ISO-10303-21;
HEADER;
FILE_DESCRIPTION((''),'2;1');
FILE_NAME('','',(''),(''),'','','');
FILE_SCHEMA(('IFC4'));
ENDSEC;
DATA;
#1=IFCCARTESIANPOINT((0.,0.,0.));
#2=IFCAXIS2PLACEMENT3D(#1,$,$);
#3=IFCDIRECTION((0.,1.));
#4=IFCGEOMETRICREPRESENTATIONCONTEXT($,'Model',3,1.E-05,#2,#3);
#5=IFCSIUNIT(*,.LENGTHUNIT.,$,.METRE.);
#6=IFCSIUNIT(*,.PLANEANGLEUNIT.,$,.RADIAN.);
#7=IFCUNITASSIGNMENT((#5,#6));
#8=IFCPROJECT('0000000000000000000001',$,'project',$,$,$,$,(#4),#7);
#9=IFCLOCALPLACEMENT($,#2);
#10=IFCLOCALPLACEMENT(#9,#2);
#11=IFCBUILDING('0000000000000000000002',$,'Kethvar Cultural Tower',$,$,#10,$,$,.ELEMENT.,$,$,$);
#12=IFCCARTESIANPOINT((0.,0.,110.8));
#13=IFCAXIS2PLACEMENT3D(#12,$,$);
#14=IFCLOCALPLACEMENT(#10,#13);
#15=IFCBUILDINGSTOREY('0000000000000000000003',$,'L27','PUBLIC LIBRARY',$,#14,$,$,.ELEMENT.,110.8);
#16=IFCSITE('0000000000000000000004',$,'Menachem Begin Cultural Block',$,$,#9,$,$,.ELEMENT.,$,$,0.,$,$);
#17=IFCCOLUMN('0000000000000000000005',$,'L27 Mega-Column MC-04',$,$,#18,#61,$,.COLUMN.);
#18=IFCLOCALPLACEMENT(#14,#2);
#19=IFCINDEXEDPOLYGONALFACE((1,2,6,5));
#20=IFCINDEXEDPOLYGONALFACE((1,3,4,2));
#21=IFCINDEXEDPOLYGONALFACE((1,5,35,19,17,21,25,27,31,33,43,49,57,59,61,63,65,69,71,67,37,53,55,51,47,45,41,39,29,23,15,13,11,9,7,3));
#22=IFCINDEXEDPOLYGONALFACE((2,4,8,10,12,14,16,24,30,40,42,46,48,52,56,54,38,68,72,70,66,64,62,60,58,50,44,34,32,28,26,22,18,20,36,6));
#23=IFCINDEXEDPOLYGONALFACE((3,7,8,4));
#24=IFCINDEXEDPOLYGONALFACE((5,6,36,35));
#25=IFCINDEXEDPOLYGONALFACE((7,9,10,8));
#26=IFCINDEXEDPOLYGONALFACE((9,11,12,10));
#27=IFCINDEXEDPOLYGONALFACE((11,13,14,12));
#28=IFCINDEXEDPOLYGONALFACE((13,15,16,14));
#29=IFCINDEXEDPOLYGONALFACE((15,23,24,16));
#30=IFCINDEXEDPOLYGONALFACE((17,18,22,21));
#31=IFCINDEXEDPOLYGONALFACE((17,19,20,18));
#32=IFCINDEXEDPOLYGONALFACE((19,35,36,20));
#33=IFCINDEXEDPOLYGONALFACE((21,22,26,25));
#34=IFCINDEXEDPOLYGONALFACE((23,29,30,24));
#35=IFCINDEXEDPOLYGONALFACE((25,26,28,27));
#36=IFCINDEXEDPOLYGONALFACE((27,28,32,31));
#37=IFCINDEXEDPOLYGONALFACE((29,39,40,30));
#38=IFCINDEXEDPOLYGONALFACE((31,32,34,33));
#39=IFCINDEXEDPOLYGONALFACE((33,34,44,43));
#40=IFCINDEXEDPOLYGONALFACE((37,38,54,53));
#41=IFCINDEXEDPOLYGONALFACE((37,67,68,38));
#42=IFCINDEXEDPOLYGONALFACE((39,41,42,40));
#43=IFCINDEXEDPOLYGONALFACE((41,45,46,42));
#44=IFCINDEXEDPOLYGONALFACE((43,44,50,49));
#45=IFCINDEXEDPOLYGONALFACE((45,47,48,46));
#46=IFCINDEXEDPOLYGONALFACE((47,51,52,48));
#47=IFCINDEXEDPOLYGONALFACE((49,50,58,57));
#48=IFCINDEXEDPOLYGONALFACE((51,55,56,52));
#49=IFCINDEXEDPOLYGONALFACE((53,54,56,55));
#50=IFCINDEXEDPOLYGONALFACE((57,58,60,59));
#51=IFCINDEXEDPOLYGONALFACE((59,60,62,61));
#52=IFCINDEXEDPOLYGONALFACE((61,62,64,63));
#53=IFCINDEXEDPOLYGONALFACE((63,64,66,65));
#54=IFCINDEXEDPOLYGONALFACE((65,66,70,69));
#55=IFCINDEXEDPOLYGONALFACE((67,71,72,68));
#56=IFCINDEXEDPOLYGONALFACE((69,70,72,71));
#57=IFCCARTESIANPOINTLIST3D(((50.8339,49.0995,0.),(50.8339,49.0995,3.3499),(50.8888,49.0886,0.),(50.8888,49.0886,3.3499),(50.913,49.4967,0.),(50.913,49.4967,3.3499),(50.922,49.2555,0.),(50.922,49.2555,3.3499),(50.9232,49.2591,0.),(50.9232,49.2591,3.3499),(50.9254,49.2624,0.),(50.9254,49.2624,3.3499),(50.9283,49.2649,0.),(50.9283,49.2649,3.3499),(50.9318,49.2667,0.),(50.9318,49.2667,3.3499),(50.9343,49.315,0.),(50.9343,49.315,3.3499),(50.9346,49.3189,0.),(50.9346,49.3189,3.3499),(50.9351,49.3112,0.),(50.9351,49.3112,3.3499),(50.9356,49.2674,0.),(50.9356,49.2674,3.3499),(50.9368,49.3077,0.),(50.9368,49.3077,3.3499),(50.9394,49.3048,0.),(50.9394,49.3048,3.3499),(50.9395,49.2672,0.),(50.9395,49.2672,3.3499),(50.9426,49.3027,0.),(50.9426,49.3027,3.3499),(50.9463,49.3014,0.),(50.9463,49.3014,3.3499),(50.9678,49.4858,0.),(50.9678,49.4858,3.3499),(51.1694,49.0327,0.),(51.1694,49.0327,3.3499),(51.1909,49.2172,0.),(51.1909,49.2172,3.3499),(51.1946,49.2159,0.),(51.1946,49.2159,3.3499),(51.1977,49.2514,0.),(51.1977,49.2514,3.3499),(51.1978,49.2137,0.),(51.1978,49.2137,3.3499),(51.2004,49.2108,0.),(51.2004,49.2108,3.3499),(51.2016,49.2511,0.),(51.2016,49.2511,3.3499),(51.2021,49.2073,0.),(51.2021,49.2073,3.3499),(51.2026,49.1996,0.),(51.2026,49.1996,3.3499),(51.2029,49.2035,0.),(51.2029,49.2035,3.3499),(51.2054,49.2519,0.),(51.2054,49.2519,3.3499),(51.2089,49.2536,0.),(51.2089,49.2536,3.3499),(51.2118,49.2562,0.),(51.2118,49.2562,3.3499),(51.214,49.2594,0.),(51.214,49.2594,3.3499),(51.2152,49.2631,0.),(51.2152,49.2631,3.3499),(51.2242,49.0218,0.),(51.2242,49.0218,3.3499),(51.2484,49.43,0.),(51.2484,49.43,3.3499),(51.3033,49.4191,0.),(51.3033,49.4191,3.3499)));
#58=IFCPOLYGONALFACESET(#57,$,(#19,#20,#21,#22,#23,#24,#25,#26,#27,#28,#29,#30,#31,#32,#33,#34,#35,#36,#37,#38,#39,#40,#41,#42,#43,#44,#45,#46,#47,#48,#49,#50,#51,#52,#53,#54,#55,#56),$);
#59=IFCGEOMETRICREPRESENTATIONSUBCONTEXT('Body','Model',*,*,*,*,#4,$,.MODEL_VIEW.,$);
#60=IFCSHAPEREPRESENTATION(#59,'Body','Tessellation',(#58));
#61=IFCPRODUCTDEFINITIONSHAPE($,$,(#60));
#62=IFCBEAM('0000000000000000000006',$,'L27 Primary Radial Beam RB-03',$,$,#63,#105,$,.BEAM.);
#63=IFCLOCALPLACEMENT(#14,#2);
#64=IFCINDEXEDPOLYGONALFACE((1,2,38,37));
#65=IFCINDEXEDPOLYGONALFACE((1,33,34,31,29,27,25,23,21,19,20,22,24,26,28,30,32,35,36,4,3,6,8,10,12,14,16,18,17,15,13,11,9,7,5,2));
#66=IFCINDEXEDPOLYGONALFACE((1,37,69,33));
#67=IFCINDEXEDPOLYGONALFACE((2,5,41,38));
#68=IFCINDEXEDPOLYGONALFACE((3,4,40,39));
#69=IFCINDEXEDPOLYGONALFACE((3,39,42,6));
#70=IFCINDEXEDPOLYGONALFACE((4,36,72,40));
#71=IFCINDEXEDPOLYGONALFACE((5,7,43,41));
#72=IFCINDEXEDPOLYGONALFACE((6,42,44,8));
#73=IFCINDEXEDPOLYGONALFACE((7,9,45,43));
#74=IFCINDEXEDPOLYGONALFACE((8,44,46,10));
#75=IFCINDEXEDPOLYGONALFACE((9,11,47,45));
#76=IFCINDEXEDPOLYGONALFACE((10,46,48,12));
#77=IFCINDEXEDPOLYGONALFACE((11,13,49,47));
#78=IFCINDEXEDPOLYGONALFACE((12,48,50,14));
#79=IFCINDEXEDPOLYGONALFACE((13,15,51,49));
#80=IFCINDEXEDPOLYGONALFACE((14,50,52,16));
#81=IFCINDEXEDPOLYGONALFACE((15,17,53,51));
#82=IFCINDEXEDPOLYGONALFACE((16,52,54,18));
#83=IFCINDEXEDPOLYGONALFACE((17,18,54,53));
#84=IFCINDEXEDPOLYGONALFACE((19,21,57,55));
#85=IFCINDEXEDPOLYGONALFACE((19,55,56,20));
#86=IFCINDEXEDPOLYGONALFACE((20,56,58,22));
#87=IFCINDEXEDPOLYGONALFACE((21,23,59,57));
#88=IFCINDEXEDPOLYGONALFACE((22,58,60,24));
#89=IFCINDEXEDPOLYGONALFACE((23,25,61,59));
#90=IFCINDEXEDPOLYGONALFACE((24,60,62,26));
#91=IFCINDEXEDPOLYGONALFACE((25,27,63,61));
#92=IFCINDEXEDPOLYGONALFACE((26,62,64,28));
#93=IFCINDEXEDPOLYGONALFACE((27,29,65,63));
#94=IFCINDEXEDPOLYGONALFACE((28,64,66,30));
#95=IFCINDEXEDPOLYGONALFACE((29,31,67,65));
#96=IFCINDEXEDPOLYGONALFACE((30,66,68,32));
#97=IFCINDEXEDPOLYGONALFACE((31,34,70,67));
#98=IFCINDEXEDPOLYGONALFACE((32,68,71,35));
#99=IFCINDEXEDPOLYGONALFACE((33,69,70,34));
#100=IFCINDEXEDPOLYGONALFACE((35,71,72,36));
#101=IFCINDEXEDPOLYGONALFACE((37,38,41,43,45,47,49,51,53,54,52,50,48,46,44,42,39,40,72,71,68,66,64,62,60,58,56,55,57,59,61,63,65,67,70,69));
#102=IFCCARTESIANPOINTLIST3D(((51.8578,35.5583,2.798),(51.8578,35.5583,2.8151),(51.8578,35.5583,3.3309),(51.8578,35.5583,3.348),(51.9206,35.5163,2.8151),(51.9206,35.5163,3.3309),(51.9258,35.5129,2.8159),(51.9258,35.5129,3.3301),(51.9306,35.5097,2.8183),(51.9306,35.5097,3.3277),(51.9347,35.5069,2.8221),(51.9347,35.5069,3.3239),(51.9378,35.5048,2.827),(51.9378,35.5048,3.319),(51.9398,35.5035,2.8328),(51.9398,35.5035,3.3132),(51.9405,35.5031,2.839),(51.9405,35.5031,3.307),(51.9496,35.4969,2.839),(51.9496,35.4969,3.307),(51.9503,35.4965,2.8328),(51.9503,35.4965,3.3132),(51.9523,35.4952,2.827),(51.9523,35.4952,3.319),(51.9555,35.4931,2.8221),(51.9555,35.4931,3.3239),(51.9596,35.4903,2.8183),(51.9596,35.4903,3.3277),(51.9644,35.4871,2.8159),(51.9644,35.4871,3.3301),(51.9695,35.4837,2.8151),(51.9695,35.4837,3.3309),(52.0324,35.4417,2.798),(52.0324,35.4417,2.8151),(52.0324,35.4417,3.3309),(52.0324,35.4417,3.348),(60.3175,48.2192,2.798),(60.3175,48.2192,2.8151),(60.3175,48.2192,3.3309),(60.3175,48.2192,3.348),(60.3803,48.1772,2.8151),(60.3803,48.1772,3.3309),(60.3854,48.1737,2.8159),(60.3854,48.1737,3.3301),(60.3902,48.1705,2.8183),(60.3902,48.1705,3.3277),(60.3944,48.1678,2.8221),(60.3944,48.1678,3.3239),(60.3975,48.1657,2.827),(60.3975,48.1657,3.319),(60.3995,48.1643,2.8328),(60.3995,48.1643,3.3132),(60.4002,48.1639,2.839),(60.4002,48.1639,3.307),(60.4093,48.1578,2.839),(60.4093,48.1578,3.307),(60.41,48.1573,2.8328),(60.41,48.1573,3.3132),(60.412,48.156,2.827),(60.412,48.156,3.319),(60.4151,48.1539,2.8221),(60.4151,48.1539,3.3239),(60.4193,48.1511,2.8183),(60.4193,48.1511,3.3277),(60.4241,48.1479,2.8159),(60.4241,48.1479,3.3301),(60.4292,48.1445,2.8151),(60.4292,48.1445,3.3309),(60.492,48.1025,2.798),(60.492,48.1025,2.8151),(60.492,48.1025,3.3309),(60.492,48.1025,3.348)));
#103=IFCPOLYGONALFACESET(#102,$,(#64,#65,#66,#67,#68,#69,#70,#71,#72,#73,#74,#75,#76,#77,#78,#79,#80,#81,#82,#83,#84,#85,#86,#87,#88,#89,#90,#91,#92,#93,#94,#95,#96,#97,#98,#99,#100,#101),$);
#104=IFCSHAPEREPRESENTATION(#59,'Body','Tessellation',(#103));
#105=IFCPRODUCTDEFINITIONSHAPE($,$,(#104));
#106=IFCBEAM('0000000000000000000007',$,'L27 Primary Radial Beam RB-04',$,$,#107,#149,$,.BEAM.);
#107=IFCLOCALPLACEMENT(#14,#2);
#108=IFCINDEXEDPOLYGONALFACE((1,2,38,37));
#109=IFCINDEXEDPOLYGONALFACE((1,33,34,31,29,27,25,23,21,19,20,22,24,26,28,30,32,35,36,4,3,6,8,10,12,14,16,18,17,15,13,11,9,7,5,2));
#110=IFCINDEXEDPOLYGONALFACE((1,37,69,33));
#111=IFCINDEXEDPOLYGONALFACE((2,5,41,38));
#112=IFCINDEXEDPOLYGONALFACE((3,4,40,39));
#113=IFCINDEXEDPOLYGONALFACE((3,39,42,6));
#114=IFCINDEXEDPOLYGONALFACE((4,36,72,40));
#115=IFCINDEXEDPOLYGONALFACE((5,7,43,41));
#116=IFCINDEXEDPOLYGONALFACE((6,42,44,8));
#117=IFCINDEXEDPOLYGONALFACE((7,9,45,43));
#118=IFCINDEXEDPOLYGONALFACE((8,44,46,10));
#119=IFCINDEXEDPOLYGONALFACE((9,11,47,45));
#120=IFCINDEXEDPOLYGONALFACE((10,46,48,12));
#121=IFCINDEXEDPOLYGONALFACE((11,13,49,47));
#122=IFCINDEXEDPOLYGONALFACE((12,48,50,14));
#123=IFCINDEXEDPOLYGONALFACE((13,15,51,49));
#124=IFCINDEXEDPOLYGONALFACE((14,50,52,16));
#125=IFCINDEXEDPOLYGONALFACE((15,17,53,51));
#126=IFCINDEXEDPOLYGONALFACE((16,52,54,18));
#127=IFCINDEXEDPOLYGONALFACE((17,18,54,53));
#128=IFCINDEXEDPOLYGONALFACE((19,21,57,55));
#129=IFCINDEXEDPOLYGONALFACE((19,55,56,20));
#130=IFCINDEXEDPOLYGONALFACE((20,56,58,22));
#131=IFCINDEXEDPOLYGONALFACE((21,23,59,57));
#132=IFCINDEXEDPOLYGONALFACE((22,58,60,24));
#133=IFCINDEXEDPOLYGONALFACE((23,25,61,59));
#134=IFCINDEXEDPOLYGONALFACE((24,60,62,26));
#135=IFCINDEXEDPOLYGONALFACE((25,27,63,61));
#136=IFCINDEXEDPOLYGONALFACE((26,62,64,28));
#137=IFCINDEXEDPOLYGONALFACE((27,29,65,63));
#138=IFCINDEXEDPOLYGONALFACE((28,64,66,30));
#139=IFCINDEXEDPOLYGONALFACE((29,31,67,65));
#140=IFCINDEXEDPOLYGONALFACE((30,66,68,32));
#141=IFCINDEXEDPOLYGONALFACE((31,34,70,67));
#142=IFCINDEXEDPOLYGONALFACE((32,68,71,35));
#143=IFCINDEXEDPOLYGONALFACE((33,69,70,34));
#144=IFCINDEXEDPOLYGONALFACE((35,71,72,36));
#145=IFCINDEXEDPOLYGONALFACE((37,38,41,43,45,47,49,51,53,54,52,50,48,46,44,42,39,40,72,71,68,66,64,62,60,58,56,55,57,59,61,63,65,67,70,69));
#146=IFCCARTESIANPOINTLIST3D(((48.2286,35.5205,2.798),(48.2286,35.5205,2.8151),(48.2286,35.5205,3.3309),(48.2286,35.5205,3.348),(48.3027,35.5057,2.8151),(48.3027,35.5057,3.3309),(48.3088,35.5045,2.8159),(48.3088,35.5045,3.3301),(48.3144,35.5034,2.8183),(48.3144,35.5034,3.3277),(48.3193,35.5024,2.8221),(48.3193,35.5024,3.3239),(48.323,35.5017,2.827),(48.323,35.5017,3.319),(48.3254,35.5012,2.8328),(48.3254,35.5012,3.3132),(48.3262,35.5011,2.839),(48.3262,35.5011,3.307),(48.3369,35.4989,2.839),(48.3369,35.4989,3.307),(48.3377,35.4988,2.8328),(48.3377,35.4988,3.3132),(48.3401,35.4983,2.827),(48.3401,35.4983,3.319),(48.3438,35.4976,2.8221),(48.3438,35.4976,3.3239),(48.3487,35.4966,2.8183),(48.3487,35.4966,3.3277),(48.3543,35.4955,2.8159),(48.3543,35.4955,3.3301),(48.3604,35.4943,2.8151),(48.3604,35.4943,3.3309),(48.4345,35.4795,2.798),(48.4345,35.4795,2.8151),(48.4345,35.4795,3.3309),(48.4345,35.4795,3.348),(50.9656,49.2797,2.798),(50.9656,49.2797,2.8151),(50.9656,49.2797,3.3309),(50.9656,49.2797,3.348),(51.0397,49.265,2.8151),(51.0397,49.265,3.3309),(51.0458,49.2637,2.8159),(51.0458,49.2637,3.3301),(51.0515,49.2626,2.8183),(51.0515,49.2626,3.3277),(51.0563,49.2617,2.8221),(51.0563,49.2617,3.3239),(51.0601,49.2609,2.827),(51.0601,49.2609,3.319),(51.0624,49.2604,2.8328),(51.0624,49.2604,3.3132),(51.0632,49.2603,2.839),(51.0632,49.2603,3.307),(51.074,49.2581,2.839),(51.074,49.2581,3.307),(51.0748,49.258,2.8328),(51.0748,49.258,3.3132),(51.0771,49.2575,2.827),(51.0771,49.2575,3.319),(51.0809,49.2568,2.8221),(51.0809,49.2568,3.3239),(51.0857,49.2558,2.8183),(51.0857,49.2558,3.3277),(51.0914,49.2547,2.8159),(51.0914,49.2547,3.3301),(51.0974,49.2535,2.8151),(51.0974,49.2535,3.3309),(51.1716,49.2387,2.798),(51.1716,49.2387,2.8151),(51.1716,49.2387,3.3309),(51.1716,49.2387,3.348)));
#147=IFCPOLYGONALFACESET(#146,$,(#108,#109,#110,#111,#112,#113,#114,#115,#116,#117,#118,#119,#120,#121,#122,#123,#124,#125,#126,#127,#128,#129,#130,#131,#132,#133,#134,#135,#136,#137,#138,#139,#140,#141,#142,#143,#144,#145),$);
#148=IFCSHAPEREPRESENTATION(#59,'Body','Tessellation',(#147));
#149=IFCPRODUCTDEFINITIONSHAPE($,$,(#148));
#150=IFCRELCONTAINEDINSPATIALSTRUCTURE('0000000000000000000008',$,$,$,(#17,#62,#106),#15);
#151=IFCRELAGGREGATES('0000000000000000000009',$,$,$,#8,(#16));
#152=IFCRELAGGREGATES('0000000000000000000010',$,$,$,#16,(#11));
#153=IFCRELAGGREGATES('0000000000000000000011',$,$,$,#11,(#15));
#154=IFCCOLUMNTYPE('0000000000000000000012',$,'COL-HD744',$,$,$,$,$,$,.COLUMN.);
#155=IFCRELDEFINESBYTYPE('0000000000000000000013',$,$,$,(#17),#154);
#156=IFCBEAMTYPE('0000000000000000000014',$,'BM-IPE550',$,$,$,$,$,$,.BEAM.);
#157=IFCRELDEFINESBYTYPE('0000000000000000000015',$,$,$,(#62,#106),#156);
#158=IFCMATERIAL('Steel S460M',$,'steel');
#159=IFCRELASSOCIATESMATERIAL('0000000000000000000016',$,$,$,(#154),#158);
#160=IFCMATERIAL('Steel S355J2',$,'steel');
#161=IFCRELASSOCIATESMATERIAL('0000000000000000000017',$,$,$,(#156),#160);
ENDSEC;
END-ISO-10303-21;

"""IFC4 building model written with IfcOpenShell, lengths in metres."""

from ifc_helpers import new_model, si_unit, direction, frame, origin, origin_2d, place, context, subcontext, project, spatial, i_section, extrude, source, transform, mapped, material, material_profile, profile_set, type_object, element, save


model = new_model("IFC4")

# Units and contexts
model_context = context("Model", 3, precision=1e-05, world=origin(), true_north=direction((0.0, 1.0)))
body_context = subcontext(model_context, "Body", "Model", "MODEL_VIEW")
ifc_project = project(units=[si_unit("LENGTHUNIT", "METRE"), si_unit("PLANEANGLEUNIT", "RADIAN")], contexts=[model_context])

# Site, building, storey
site_placement = place(None, origin())
site = spatial("IfcSite", under=ifc_project, at=site_placement, Name="Menachem Begin Cultural Block", CompositionType="ELEMENT", RefElevation=0.0)
building_placement = place(site_placement, origin())
building = spatial("IfcBuilding", under=site, at=building_placement, Name="Kethvar Cultural Tower", CompositionType="ELEMENT")
storey_placement = place(building_placement, frame((0.0, 0.0, 110.8)))
storey = spatial("IfcBuildingStorey", under=building, at=storey_placement, Name="L27", Description="PUBLIC LIBRARY", CompositionType="ELEMENT", Elevation=110.8)

# Column
ifc_material_1 = material(Name="Steel S460M", Category="steel")
ifc_material_profile_1 = material_profile(ifc_material_1, i_section(OverallWidth=0.405, OverallDepth=0.3979, WebThickness=0.0349, FlangeThickness=0.0559, FilletRadius=0.0149, at=origin_2d()), Name="Steel S460M — HD400x744")
ifc_profile_set_1 = profile_set([ifc_material_profile_1], Name="Steel S460M — HD400x744")
column_type = type_object("IfcColumnType", Name="COL-HD744", PredefinedType="COLUMN", material=ifc_profile_set_1)
shared_shape_1 = source(origin(), body_context, "Body", "SweptSolid", [
    extrude(i_section(OverallWidth=0.405, OverallDepth=0.3979, WebThickness=0.0349, FlangeThickness=0.0559, FilletRadius=0.0149, at=origin_2d()), origin(), (0.0, 0.0, 1.0), 3.3499),
])
column_placement = place(storey_placement, frame((51.0686, 49.2593, 0.0), z_axis=(0.0, 0.0, 1.0), x_axis=(0.19509, 0.980785, 0.0)))
element("IfcColumn", 1, at=column_placement, inside=storey, type_object=column_type, Name="L27 Mega-Column MC-04", PredefinedType="COLUMN", context=body_context, shape_type="MappedRepresentation", body=[
    mapped(shared_shape_1, transform((0.0, 0.0, 0.0), scale=1.0)),
])

# Beams
ifc_material_2 = material(Name="Steel S355J2", Category="steel")
ifc_material_profile_2 = material_profile(ifc_material_2, i_section(OverallWidth=0.21, OverallDepth=0.55, WebThickness=0.011, FlangeThickness=0.0171, FilletRadius=0.0239, at=origin_2d()), Name="Steel S355J2 — IPE550")
ifc_profile_set_2 = profile_set([ifc_material_profile_2], Name="Steel S355J2 — IPE550")
beam_type_1 = type_object("IfcBeamType", Name="BM-IPE550", PredefinedType="BEAM", material=ifc_profile_set_2)
shared_shape_2 = source(origin(), body_context, "Body", "SweptSolid", [
    extrude(i_section(OverallWidth=0.21, OverallDepth=0.55, WebThickness=0.011, FlangeThickness=0.0171, FilletRadius=0.0239, at=origin_2d()), origin(), (0.0, 0.0, 1.0), 15.2271),
])
beam_1_placement = place(storey_placement, frame((51.9451, 35.5, 3.073), z_axis=(0.555569, 0.83147, 0.0), x_axis=(-0.83147, 0.555569, 0.0)))
element("IfcBeam", 2, at=beam_1_placement, inside=storey, type_object=beam_type_1, Name="L27 Primary Radial Beam RB-03", PredefinedType="BEAM", context=body_context, shape_type="MappedRepresentation", body=[
    mapped(shared_shape_2, transform((0.0, 0.0, 0.0), scale=1.0)),
])
shared_shape_3 = source(origin(), body_context, "Body", "SweptSolid", [
    extrude(i_section(OverallWidth=0.21, OverallDepth=0.55, WebThickness=0.011, FlangeThickness=0.0171, FilletRadius=0.0239, at=origin_2d()), origin(), (0.0, 0.0, 1.0), 14.0288),
])
beam_2_placement = place(storey_placement, frame((48.3315, 35.5, 3.073), z_axis=(0.195102, 0.980783, 0.0), x_axis=(-0.980783, 0.195102, 0.0)))
element("IfcBeam", 3, at=beam_2_placement, inside=storey, type_object=beam_type_1, Name="L27 Primary Radial Beam RB-04", PredefinedType="BEAM", context=body_context, shape_type="MappedRepresentation", body=[
    mapped(shared_shape_3, transform((0.0, 0.0, 0.0), scale=1.0)),
])

save(model, "model.ifc")
